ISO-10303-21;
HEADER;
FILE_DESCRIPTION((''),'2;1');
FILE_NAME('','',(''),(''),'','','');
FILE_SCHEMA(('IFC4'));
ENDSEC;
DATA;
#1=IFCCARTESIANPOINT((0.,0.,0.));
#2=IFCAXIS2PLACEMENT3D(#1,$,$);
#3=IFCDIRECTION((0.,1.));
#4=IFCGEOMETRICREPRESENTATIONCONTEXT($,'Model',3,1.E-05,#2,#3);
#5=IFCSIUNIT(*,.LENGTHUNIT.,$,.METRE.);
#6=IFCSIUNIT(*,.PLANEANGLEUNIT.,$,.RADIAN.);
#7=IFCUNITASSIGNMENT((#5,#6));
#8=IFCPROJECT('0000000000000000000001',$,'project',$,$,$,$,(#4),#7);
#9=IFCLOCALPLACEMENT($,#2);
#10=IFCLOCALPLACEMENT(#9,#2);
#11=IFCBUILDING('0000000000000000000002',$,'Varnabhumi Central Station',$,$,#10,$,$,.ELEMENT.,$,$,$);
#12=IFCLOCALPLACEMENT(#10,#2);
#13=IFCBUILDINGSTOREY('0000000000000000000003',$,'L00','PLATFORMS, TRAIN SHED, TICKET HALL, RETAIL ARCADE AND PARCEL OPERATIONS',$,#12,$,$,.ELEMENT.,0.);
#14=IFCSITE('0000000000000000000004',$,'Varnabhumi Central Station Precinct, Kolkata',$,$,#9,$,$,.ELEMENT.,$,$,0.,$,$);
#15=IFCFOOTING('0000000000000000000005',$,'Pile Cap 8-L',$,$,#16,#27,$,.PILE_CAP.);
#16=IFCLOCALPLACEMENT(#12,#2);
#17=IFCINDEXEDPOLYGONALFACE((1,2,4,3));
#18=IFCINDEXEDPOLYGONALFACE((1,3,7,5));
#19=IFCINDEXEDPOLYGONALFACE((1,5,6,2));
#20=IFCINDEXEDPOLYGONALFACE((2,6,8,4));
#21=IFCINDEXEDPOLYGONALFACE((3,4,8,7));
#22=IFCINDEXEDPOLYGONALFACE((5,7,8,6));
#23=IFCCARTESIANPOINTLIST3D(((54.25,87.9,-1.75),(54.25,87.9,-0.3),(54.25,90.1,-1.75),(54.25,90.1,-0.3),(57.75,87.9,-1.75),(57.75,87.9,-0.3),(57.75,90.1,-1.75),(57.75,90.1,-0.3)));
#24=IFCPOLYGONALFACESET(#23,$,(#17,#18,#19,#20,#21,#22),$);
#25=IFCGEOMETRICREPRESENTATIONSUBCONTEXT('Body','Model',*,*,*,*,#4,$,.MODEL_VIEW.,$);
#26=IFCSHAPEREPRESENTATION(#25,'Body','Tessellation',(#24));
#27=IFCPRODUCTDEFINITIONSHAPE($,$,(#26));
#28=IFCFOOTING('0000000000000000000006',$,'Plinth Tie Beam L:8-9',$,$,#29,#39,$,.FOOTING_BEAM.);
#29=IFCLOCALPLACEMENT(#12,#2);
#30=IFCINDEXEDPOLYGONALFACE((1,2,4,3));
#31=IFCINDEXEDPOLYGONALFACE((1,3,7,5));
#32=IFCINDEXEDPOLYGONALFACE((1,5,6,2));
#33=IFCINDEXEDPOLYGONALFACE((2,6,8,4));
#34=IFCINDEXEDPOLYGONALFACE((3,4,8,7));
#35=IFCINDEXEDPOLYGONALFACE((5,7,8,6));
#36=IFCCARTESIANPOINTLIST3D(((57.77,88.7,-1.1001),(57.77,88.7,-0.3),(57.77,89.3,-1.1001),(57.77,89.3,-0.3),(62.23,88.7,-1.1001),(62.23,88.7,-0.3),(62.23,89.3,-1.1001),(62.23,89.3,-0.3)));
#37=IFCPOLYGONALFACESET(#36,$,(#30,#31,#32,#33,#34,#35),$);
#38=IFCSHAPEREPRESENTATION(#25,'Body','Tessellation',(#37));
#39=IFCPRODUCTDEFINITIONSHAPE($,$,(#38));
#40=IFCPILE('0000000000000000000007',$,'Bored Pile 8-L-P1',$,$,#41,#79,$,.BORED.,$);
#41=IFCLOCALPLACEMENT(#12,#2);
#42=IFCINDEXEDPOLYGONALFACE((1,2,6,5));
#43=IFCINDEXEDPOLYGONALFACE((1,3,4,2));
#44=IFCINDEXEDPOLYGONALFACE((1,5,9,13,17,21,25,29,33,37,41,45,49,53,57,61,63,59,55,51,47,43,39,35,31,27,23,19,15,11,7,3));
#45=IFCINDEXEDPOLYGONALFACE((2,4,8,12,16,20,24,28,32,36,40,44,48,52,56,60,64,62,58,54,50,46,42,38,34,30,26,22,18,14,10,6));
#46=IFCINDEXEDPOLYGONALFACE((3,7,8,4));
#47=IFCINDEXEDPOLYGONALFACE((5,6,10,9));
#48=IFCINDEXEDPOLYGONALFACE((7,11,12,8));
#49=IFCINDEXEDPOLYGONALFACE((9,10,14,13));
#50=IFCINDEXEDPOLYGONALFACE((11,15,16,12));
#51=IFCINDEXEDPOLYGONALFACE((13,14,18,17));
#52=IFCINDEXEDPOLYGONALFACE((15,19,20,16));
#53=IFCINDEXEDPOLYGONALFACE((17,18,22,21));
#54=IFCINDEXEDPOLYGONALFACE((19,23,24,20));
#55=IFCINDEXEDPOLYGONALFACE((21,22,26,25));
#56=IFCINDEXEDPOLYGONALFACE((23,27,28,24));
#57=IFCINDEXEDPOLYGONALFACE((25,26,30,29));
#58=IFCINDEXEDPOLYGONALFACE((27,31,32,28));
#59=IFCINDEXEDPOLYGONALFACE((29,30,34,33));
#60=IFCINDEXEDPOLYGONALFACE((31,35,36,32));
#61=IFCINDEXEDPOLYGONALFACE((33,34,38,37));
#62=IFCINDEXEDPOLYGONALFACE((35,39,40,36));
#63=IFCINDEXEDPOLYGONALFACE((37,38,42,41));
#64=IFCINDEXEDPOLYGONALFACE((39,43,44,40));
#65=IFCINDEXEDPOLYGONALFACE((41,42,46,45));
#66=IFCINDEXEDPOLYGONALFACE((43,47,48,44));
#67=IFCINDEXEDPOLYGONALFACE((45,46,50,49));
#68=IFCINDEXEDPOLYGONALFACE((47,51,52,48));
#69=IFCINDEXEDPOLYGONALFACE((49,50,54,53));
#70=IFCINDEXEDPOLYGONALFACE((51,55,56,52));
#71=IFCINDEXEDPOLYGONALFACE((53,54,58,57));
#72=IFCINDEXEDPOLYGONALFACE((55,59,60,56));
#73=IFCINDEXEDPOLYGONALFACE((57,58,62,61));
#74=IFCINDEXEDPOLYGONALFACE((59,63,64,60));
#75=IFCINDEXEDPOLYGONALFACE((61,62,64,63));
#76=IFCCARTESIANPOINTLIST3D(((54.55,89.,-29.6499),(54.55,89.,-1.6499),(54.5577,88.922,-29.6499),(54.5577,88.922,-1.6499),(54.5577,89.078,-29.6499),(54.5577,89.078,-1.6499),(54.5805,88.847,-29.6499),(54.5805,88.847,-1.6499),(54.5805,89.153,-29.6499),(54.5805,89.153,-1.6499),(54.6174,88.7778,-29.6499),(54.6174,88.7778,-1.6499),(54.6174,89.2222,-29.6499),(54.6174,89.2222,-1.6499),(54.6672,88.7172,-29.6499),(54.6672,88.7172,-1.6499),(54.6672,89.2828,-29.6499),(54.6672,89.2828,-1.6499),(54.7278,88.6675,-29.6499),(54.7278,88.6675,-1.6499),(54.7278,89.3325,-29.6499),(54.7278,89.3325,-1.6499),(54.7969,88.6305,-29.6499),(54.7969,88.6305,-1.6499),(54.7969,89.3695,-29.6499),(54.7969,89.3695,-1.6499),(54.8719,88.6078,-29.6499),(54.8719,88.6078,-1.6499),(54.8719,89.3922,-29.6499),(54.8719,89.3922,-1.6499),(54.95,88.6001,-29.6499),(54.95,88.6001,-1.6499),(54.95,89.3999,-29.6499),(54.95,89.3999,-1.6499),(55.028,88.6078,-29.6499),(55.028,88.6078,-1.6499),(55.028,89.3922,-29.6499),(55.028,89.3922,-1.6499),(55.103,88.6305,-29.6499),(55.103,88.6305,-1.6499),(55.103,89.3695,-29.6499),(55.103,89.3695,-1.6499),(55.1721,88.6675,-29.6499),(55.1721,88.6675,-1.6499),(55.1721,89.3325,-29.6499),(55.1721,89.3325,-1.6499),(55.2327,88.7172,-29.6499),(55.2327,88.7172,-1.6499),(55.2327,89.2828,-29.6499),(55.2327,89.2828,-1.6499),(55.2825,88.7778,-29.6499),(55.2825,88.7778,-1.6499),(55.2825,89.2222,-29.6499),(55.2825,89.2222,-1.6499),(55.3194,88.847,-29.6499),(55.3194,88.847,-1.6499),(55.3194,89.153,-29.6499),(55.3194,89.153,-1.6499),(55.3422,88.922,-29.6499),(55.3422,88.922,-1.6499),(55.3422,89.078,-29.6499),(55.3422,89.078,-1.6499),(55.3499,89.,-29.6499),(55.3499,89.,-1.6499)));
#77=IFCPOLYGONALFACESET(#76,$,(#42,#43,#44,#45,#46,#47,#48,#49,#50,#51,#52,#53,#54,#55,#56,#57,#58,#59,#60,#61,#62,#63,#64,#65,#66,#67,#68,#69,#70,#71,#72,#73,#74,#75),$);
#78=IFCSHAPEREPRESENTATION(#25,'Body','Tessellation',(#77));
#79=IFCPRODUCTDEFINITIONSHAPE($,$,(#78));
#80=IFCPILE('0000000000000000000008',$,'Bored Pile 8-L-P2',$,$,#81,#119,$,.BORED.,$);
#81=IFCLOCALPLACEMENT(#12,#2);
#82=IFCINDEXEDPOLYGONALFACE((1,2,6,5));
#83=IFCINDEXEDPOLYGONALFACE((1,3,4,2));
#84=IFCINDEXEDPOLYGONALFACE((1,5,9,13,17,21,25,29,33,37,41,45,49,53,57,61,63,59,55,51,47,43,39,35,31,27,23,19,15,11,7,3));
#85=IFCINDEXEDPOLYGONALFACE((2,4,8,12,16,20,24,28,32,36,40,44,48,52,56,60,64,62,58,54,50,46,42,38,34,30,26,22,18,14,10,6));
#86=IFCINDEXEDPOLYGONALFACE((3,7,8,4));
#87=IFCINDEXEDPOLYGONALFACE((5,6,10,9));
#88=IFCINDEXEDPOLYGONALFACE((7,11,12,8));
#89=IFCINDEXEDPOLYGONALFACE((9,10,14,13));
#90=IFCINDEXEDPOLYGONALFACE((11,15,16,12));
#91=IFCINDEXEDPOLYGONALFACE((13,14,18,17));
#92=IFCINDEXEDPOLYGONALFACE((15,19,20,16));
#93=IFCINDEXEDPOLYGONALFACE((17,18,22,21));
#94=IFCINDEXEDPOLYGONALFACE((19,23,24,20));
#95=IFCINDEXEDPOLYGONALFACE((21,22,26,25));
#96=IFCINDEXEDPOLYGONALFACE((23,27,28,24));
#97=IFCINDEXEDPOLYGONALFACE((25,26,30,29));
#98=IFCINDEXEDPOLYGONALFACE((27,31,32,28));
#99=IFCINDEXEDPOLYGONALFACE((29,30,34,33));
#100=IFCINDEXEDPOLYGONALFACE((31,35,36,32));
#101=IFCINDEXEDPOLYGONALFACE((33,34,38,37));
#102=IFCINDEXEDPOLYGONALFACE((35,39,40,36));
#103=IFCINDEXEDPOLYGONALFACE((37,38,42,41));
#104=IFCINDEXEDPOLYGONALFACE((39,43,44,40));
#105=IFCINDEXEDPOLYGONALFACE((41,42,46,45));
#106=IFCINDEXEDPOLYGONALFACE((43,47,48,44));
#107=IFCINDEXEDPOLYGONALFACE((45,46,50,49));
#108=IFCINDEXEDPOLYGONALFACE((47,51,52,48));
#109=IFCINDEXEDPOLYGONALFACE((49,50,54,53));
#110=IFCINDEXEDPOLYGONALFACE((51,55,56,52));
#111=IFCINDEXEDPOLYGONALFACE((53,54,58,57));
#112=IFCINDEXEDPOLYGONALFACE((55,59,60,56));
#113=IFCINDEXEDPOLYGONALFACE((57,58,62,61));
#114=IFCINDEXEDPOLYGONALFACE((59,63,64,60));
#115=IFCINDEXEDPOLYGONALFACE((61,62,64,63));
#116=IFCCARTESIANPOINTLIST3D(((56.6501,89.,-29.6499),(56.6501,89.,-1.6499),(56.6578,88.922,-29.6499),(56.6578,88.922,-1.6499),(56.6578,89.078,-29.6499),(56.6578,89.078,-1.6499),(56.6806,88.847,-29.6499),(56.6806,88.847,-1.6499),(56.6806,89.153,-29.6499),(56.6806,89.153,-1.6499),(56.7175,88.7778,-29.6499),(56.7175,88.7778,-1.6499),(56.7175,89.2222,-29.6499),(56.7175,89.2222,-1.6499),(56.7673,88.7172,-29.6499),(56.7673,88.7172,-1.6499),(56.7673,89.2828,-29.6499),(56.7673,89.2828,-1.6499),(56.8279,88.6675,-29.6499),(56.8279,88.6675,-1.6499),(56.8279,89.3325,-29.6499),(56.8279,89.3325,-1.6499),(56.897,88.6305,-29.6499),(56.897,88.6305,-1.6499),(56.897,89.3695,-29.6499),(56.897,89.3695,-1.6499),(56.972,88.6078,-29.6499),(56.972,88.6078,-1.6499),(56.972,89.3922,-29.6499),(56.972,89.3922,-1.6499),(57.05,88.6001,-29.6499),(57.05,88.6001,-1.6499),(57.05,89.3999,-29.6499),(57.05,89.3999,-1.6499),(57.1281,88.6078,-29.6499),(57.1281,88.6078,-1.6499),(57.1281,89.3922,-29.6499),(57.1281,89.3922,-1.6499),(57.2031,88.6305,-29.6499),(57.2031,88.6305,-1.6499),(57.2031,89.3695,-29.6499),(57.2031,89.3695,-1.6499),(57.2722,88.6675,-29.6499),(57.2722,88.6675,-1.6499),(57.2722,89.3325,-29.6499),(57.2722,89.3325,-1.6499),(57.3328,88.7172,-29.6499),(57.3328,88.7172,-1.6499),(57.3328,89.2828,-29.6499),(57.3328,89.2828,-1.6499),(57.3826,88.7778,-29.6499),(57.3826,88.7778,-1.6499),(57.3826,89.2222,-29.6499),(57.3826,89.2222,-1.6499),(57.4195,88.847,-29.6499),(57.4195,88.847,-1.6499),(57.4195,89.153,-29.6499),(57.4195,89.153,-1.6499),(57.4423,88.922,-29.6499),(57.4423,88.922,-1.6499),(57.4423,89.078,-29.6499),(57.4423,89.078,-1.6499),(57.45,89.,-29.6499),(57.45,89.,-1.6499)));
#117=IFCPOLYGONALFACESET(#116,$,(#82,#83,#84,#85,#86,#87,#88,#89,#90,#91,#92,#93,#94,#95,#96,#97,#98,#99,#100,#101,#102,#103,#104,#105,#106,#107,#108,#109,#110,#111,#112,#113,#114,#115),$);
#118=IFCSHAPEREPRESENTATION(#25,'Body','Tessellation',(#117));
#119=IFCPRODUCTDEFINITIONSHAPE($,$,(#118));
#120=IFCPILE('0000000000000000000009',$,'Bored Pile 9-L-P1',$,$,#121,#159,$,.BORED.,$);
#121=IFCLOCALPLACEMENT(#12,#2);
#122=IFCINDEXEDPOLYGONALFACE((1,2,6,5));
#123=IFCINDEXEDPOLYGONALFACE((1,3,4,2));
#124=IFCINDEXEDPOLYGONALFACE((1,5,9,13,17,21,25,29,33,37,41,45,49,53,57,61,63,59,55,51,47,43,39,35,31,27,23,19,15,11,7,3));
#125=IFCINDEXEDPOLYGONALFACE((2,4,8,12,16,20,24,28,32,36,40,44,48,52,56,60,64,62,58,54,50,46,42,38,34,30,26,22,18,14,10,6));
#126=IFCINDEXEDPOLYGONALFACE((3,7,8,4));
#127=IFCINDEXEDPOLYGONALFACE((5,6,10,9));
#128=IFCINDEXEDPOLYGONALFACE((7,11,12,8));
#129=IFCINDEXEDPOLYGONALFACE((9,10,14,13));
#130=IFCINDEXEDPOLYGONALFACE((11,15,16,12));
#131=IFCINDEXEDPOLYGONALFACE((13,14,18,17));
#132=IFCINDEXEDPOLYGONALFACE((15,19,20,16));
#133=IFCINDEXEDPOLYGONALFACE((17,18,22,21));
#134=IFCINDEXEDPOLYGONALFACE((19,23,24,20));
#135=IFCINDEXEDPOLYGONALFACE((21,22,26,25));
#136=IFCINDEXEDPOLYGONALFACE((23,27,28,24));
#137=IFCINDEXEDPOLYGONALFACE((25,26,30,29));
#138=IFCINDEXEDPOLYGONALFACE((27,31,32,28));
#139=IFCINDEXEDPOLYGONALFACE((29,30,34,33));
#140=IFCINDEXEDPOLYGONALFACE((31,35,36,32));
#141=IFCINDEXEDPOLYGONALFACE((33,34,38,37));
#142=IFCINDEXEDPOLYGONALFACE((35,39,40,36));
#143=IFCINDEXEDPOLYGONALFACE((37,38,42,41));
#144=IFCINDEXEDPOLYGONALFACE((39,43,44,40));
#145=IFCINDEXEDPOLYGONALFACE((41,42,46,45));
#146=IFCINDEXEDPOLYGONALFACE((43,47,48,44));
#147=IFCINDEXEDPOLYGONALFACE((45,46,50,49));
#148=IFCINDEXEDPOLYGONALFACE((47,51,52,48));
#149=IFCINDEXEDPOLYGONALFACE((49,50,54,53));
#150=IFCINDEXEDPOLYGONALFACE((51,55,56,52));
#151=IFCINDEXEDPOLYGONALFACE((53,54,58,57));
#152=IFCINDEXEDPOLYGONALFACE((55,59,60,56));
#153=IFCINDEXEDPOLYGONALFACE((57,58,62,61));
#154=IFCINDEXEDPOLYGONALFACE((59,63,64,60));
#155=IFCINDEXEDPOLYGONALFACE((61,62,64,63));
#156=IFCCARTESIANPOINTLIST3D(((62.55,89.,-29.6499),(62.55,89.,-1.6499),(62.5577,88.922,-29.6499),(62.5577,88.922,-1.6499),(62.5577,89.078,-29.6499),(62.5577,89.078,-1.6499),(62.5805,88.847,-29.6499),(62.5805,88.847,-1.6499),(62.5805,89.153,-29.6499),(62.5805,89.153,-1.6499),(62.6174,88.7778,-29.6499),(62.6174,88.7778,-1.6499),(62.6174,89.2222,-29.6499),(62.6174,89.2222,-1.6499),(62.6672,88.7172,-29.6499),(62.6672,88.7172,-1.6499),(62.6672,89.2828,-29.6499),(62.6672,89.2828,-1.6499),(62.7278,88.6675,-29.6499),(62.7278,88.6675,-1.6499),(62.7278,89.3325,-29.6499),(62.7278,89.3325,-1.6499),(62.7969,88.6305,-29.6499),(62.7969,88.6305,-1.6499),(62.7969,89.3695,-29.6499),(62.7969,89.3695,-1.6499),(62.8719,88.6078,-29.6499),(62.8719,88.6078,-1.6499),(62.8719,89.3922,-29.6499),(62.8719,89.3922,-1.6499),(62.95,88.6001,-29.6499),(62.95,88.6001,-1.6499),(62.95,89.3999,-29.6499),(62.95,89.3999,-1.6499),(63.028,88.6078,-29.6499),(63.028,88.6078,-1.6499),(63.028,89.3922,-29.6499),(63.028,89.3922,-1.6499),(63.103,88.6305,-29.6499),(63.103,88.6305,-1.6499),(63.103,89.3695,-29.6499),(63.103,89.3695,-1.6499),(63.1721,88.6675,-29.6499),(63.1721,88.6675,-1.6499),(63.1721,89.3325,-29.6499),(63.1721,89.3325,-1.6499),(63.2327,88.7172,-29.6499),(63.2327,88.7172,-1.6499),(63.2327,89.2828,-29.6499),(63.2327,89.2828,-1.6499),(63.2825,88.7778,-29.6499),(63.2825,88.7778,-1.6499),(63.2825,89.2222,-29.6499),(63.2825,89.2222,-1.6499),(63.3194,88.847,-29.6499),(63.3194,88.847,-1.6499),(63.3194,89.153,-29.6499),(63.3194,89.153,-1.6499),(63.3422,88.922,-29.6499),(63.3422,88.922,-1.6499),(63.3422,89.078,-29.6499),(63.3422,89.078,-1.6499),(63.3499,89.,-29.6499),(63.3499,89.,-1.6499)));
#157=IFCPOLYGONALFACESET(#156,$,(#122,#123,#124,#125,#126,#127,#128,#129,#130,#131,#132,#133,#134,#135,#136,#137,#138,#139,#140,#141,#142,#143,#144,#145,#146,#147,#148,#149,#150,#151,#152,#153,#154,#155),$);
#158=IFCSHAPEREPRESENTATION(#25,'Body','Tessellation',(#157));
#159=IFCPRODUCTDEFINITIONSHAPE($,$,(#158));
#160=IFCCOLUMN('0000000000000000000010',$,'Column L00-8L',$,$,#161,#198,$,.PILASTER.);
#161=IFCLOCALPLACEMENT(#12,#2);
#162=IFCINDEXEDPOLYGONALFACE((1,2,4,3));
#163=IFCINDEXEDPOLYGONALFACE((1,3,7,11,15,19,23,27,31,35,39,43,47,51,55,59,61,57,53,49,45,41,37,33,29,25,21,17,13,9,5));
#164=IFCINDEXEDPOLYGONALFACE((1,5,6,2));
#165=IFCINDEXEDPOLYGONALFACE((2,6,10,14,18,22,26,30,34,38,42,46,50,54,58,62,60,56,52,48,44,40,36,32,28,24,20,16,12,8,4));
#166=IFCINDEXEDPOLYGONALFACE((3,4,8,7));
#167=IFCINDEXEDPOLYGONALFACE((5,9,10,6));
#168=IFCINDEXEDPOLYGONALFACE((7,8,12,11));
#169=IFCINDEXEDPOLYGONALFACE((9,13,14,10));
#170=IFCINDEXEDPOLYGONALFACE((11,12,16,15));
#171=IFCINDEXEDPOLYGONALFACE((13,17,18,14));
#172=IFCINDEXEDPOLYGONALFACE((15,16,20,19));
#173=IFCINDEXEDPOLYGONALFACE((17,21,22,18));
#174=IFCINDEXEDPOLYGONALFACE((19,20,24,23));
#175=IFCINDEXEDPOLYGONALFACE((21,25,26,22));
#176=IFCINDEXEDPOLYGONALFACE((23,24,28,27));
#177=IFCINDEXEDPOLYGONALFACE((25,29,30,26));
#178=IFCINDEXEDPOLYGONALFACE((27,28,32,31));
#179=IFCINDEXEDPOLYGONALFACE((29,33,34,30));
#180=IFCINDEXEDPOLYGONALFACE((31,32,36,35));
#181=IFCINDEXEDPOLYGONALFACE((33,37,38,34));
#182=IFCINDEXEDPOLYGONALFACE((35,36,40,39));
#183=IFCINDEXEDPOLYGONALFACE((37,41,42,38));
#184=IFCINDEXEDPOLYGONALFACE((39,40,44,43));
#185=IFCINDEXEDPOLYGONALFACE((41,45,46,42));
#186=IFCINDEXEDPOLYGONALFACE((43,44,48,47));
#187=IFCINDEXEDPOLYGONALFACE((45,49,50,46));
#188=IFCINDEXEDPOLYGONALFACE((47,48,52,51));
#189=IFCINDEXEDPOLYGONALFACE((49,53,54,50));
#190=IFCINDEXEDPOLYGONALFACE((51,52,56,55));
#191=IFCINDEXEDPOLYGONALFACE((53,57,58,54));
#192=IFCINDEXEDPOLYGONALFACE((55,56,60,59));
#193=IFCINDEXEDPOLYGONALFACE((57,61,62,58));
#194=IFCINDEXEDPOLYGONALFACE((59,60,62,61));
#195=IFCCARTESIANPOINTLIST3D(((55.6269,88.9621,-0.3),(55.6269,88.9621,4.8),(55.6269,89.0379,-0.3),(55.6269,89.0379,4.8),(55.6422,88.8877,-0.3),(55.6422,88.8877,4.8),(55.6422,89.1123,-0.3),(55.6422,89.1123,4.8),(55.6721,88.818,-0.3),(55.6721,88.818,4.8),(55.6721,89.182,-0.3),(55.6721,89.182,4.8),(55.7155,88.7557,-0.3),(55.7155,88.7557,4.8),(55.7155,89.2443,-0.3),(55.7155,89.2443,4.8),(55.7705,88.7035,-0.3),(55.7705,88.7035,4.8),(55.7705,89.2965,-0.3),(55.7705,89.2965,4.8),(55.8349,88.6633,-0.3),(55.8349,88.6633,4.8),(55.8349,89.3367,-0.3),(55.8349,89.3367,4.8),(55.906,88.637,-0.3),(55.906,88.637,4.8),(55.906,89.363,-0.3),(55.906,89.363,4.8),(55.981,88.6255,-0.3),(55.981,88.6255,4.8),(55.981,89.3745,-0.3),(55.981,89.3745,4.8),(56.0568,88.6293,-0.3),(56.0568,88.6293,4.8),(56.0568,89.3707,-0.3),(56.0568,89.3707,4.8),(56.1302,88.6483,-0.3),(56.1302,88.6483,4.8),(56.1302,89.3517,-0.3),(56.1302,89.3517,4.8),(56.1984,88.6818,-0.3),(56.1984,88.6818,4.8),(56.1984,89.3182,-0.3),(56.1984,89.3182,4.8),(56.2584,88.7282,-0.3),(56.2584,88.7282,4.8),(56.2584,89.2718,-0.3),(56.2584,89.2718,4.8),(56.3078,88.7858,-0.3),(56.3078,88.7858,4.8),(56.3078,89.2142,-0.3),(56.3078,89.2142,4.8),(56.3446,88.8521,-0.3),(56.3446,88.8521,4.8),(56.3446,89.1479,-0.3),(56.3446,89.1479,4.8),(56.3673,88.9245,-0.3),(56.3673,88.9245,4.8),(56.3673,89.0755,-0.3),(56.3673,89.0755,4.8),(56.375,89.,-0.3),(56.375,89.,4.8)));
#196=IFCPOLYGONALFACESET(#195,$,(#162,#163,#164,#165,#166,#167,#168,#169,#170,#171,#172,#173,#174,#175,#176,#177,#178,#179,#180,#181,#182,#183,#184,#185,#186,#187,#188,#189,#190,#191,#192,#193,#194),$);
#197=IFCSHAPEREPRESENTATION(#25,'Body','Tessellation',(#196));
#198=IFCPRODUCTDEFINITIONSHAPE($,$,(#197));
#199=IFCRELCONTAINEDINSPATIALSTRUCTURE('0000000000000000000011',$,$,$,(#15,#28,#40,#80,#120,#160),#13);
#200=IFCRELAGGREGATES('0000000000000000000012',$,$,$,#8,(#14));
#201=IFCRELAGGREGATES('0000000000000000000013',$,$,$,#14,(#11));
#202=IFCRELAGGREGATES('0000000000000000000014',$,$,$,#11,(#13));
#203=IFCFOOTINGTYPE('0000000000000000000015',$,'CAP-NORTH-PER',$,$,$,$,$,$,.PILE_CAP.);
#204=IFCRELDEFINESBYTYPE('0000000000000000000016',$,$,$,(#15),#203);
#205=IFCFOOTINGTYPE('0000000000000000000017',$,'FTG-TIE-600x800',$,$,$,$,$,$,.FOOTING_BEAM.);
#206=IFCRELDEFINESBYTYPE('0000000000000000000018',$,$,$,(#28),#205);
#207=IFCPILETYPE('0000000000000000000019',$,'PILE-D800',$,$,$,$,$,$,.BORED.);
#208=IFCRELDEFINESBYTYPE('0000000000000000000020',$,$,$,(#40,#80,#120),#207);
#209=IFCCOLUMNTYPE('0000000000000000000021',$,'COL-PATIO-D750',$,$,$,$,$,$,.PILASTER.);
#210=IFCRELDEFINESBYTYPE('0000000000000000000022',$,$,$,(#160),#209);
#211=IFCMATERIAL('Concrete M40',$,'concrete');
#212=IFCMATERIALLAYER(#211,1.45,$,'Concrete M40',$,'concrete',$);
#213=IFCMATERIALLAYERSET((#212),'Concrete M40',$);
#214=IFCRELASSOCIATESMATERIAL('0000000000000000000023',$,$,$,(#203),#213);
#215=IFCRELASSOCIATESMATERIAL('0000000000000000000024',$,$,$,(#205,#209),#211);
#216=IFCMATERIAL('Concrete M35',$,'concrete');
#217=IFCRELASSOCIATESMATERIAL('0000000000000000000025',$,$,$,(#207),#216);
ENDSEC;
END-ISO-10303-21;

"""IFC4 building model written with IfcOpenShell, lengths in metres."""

from ifc_helpers import new_model, si_unit, direction, frame, origin, origin_2d, place, context, subcontext, project, spatial, rectangle, circle, extrude, material, layer, layer_set, material_profile, profile_set, type_object, element, save


model = new_model("IFC4")

# Units and contexts
model_context = context("Model", 3, precision=1e-05, world=origin(), true_north=direction((0.0, 1.0)))
body_context = subcontext(model_context, "Body", "Model", "MODEL_VIEW")
ifc_project = project(units=[si_unit("LENGTHUNIT", "METRE"), si_unit("PLANEANGLEUNIT", "RADIAN")], contexts=[model_context])

# Site, building, storey
site_placement = place(None, origin())
site = spatial("IfcSite", under=ifc_project, at=site_placement, Name="Varnabhumi Central Station Precinct, Kolkata", CompositionType="ELEMENT", RefElevation=0.0)
building_placement = place(site_placement, origin())
building = spatial("IfcBuilding", under=site, at=building_placement, Name="Varnabhumi Central Station", CompositionType="ELEMENT")
storey_placement = place(building_placement, origin())
storey = spatial("IfcBuildingStorey", under=building, at=storey_placement, Name="L00", Description="PLATFORMS, TRAIN SHED, TICKET HALL, RETAIL ARCADE AND PARCEL OPERATIONS", CompositionType="ELEMENT", Elevation=0.0)

# Footings
ifc_material_1 = material(Name="Concrete M40", Category="concrete")
ifc_layer_1 = layer(ifc_material_1, 1.45, Name="Concrete M40", Category="concrete")
ifc_layer_set_1 = layer_set([ifc_layer_1], Name="Concrete M40")
footing_type_1 = type_object("IfcFootingType", Name="CAP-NORTH-PER", PredefinedType="PILE_CAP", material=ifc_layer_set_1)
footing_1_placement = place(storey_placement, frame((56.0, 89.0, -1.75), z_axis=(0.0, 0.0, 1.0), x_axis=(1.0, 0.0, 0.0)))
element("IfcFooting", 1, at=footing_1_placement, inside=storey, type_object=footing_type_1, Name="Pile Cap 8-L", PredefinedType="PILE_CAP", context=body_context, shape_type="SweptSolid", body=[
    extrude(rectangle(XDim=3.5, YDim=2.2, at=origin_2d()), origin(), (0.0, 0.0, 1.0), 1.45),
])
footing_type_2 = type_object("IfcFootingType", Name="FTG-TIE-600x800", PredefinedType="FOOTING_BEAM", material=ifc_material_1)
footing_2_placement = place(storey_placement, frame((60.0, 89.0, -1.1001), z_axis=(0.0, 0.0, 1.0), x_axis=(1.0, 0.0, 0.0)))
element("IfcFooting", 2, at=footing_2_placement, inside=storey, type_object=footing_type_2, Name="Plinth Tie Beam L:8-9", PredefinedType="FOOTING_BEAM", context=body_context, shape_type="SweptSolid", body=[
    extrude(rectangle(XDim=4.46, YDim=0.6001, at=origin_2d()), origin(), (0.0, 0.0, 1.0), 0.8),
])

# Piles
ifc_material_2 = material(Name="Concrete M35", Category="concrete")
ifc_material_profile_1 = material_profile(ifc_material_2, circle(Radius=0.3999, at=origin_2d()), Name="Concrete M35", Category="concrete")
ifc_profile_set_1 = profile_set([ifc_material_profile_1], Name="Concrete M35")
pile_type = type_object("IfcPileType", Name="PILE-D800", PredefinedType="BORED", material=ifc_profile_set_1)
for number, where, z_axis, x_axis, name in (
    (3, (54.95, 89.0, -1.6499), (0.0, 0.0, -1.0), (1.0, 0.0, 0.0), "Bored Pile 8-L-P1"),
    (4, (57.05, 89.0, -1.6499), (0.0, 0.0, -1.0), (1.0, 0.0, 0.0), "Bored Pile 8-L-P2"),
    (5, (62.95, 89.0, -1.6499), (0.0, 0.0, -1.0), (1.0, 0.0, 0.0), "Bored Pile 9-L-P1"),
):
    element("IfcPile", number, at=place(storey_placement, frame(where, z_axis=z_axis, x_axis=x_axis)), inside=storey, type_object=pile_type, Name=name, PredefinedType="BORED", context=body_context, shape_type="SweptSolid", body=[
        extrude(circle(Radius=0.3999, at=origin_2d()), origin(), (0.0, 0.0, 1.0), 28.0),
    ])

# Column
ifc_material_profile_2 = material_profile(ifc_material_1, circle(Radius=0.375, at=origin_2d()), Name="Concrete M40", Category="concrete")
ifc_profile_set_2 = profile_set([ifc_material_profile_2], Name="Concrete M40")
column_type = type_object("IfcColumnType", Name="COL-PATIO-D750", PredefinedType="PILASTER", material=ifc_profile_set_2)
column_placement = place(storey_placement, frame((56.0, 89.0, -0.3), z_axis=(0.0, 0.0, 1.0), x_axis=(1.0, 0.0, 0.0)))
element("IfcColumn", 6, at=column_placement, inside=storey, type_object=column_type, Name="Column L00-8L", PredefinedType="PILASTER", context=body_context, shape_type="SweptSolid", body=[
    extrude(circle(Radius=0.375, at=origin_2d()), origin(), (0.0, 0.0, 1.0), 5.1001),
])

save(model, "model.ifc")
